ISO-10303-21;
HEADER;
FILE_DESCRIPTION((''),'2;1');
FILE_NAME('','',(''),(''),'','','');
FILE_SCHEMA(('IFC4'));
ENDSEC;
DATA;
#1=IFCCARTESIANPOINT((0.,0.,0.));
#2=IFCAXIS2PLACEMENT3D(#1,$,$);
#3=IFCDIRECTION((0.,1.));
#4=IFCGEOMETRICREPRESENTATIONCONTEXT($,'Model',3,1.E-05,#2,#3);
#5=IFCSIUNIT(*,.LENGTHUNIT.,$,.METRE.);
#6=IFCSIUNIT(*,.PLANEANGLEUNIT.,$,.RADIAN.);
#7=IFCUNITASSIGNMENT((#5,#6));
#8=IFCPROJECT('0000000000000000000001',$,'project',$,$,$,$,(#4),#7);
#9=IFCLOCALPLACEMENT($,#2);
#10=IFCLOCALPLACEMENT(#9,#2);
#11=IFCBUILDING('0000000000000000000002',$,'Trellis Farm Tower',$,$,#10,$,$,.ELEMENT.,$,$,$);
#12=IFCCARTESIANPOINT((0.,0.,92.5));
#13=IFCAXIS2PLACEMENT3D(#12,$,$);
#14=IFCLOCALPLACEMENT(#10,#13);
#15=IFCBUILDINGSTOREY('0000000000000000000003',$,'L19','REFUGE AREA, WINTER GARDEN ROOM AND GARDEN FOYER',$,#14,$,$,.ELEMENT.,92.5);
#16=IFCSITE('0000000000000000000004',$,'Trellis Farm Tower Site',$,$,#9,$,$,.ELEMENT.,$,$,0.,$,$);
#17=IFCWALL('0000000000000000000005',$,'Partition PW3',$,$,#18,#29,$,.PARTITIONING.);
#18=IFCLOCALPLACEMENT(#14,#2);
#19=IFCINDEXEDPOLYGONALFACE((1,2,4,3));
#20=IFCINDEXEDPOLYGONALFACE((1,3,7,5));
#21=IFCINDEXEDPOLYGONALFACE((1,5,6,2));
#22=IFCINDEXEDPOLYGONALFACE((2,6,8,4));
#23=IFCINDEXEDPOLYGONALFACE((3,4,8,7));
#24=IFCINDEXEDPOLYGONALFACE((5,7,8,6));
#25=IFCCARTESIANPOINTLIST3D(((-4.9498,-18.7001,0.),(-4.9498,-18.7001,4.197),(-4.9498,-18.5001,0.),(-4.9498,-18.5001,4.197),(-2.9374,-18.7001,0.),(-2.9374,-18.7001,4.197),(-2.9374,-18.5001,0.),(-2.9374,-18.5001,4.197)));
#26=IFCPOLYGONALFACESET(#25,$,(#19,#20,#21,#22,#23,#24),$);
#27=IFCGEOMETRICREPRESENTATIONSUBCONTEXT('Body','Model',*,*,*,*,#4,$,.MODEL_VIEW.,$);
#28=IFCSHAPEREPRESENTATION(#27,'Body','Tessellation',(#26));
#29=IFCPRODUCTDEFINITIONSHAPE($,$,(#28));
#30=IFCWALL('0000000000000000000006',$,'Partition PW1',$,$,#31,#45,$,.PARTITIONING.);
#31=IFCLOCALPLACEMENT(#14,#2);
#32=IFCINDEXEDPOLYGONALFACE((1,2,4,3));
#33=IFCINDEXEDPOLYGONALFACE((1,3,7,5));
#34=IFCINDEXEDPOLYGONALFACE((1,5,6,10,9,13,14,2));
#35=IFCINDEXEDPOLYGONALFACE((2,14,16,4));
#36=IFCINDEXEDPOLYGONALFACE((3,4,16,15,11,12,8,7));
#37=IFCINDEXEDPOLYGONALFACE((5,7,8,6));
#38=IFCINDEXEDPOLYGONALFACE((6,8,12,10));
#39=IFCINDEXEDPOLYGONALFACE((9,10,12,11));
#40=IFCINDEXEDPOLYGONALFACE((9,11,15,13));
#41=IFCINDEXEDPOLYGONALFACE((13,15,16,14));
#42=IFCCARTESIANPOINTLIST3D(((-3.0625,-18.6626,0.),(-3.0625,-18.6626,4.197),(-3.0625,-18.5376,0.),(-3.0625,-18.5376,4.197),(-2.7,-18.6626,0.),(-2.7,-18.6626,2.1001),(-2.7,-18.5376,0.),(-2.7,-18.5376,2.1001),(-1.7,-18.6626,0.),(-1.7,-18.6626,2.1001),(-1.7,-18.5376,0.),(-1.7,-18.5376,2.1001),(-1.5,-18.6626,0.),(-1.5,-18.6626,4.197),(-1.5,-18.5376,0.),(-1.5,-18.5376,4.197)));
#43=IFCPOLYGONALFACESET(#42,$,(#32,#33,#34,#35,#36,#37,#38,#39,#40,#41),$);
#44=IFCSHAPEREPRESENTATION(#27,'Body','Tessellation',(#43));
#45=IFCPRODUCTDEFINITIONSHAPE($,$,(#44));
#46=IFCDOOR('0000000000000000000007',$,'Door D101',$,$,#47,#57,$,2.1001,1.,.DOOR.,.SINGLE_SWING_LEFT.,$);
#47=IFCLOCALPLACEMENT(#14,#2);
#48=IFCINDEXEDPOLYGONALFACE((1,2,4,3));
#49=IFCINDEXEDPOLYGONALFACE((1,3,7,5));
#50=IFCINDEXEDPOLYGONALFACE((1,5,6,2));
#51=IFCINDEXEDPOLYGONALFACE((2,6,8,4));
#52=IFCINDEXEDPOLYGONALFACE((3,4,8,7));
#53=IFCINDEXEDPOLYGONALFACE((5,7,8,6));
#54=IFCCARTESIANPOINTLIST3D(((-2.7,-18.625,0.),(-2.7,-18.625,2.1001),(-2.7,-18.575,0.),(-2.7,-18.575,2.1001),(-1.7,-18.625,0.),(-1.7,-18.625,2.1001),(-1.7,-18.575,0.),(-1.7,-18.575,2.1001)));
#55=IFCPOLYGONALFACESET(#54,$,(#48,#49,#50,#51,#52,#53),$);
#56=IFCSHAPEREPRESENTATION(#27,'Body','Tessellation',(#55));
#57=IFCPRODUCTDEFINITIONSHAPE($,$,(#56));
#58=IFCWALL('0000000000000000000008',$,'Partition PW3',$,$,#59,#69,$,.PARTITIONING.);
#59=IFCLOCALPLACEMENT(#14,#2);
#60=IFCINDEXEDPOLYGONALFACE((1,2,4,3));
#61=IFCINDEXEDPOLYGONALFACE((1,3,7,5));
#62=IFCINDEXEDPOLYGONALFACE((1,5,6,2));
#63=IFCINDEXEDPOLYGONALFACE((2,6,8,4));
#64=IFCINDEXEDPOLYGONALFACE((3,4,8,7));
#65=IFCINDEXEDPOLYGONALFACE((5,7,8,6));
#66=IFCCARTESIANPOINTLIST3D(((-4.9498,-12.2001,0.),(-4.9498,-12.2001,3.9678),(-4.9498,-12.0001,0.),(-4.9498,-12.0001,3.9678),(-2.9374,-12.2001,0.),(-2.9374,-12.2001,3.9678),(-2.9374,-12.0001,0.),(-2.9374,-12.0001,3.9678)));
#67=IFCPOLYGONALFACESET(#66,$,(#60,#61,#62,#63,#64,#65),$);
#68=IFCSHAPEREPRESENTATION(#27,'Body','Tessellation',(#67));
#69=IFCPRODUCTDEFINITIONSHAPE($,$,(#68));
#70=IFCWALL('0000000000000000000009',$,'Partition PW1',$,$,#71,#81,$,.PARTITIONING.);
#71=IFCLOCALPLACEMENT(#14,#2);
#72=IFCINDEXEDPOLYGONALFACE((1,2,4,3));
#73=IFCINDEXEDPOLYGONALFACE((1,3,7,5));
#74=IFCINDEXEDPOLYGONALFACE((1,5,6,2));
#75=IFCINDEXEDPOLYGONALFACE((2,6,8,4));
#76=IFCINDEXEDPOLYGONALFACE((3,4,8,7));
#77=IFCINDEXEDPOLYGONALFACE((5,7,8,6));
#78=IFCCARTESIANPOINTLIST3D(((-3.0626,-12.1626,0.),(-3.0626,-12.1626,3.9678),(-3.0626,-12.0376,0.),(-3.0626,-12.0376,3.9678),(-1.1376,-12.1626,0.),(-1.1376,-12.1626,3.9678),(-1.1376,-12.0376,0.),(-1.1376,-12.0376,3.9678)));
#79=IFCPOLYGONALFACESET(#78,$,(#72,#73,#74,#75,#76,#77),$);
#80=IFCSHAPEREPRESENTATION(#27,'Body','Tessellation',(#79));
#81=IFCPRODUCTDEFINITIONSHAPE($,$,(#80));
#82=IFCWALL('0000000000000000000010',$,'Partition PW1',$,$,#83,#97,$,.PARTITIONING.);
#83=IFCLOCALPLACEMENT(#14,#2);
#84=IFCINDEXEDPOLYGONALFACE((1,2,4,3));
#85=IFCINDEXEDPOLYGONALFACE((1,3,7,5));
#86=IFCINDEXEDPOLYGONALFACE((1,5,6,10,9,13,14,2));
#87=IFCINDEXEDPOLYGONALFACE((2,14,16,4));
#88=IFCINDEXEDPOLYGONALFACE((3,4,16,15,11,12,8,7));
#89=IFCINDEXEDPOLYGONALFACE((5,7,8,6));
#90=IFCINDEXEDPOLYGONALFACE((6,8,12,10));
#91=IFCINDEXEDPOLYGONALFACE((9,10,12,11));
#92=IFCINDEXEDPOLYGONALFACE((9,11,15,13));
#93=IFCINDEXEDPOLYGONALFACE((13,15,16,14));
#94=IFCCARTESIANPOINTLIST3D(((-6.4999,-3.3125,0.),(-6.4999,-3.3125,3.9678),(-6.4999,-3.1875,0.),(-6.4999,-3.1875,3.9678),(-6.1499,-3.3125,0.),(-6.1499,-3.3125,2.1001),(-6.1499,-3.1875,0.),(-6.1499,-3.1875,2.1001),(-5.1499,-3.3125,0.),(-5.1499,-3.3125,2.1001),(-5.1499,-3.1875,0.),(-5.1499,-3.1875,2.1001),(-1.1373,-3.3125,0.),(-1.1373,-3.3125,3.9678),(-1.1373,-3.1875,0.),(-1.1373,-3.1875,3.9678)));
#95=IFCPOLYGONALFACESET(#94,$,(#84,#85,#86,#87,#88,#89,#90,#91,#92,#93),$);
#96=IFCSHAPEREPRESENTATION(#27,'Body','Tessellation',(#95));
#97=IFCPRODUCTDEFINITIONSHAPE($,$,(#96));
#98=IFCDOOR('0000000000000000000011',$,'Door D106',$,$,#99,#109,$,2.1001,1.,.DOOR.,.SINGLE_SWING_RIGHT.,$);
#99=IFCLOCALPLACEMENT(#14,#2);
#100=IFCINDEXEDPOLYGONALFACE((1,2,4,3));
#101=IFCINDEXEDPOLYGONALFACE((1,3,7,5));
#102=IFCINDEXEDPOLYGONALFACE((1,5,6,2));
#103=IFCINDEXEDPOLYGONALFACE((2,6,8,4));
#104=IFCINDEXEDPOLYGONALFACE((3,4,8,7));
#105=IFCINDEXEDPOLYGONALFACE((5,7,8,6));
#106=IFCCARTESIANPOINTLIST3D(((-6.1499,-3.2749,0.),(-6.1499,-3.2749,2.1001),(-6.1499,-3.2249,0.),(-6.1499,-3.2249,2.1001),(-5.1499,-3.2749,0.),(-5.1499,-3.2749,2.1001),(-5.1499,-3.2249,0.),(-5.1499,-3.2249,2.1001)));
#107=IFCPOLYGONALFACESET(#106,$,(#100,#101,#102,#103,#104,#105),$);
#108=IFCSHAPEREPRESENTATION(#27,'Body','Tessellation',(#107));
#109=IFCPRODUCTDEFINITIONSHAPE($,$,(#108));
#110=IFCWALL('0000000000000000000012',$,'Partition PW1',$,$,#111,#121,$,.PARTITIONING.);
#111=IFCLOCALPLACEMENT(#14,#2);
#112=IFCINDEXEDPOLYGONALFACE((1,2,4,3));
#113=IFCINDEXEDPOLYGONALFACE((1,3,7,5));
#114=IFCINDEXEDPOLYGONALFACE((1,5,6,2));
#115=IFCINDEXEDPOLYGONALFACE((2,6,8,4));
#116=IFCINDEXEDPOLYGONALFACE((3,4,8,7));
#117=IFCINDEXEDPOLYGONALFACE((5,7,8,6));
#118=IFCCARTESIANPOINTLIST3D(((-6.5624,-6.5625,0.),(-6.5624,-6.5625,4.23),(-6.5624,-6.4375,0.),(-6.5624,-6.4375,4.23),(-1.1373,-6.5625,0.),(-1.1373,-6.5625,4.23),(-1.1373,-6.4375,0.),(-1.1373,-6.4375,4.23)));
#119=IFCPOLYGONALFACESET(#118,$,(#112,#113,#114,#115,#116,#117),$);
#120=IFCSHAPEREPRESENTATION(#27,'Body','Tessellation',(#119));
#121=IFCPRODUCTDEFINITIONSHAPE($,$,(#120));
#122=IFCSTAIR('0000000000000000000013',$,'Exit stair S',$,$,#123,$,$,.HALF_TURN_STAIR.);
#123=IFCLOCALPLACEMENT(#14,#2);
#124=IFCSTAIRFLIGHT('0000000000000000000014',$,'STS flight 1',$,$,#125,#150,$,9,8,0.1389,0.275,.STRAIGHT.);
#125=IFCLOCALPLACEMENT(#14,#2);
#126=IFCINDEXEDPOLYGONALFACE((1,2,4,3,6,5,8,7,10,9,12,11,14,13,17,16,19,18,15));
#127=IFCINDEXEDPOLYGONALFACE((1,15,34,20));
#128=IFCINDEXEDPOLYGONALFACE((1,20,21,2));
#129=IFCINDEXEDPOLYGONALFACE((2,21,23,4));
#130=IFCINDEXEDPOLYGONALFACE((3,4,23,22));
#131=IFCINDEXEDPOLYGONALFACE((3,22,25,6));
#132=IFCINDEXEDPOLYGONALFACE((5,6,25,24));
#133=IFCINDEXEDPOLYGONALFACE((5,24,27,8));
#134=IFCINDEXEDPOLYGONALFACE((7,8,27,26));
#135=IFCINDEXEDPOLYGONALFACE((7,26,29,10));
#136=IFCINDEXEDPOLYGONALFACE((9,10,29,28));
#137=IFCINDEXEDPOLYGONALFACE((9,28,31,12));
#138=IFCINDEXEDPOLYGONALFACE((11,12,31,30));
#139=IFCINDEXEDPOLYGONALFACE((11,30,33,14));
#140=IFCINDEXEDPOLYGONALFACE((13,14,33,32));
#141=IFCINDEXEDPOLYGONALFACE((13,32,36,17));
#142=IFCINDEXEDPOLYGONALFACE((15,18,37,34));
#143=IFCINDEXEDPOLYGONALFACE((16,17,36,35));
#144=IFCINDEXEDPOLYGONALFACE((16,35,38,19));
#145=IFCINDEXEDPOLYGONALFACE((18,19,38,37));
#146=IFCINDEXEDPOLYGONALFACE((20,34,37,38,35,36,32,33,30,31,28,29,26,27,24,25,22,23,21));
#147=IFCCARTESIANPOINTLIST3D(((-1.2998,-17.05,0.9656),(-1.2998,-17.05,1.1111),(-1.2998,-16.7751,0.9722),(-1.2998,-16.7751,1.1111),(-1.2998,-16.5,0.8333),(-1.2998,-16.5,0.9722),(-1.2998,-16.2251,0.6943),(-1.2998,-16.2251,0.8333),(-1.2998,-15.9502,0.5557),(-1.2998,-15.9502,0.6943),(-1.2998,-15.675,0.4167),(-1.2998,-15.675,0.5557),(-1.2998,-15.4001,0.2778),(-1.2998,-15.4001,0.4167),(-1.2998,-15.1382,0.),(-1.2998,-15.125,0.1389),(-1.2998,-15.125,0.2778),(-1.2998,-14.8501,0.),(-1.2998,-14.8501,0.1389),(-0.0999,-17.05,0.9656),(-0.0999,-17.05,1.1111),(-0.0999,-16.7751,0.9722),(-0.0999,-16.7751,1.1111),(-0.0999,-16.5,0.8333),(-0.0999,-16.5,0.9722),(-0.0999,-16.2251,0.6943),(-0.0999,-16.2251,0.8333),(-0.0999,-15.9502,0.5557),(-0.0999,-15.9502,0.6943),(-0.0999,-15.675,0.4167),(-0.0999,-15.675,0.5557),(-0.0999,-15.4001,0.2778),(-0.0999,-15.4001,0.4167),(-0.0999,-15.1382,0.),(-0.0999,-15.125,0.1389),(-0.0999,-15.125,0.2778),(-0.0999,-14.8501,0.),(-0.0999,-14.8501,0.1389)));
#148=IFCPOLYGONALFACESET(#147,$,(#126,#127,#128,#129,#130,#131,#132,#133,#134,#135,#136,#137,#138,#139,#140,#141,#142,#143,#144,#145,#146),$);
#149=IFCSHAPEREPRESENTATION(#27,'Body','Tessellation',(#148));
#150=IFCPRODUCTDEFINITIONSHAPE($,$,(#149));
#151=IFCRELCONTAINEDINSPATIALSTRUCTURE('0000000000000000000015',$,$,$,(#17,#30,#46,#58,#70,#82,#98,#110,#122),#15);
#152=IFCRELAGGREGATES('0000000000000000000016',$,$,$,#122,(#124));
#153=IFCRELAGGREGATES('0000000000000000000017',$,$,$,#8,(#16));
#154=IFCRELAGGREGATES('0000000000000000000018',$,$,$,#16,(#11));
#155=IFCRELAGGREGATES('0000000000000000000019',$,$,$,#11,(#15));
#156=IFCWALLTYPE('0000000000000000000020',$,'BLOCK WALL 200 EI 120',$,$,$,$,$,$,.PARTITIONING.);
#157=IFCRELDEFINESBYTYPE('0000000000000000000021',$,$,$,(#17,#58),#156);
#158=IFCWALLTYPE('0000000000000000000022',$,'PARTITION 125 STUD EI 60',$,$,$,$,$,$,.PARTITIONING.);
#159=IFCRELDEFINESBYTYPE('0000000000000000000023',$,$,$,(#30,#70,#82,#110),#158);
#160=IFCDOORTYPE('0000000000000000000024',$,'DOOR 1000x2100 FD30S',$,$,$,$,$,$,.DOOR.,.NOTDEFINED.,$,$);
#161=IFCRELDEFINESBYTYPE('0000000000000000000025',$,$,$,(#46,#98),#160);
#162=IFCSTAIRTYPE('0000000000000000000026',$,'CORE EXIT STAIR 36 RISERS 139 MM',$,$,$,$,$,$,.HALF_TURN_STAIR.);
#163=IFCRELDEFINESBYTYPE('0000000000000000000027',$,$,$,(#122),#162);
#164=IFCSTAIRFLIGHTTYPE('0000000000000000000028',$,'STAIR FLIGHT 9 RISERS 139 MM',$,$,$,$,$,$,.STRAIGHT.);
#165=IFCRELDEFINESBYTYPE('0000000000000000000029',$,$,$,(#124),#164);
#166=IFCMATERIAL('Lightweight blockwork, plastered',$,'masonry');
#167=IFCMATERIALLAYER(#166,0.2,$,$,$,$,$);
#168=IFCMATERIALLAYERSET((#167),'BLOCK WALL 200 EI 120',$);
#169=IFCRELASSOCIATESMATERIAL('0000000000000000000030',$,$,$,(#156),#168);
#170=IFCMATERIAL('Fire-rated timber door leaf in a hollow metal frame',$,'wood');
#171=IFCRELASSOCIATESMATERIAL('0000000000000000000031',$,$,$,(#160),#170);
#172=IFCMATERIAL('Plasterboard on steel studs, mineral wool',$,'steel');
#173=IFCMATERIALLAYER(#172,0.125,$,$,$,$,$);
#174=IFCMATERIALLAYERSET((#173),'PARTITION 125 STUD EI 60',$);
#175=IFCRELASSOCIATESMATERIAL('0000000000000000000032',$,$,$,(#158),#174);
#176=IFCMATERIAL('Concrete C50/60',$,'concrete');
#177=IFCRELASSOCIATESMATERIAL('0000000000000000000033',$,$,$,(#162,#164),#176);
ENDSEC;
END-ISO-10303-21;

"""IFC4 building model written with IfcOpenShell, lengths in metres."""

from ifc_helpers import new_model, si_unit, direction, frame, frame_2d, origin, place, context, subcontext, project, spatial, polyline, rectangle, outline, extrude, source, transform, mapped, material, layer, layer_set, type_object, element, fill, aggregate, save


model = new_model("IFC4")

# Units and contexts
model_context = context("Model", 3, precision=1e-05, world=origin(), true_north=direction((0.0, 1.0)))
body_context = subcontext(model_context, "Body", "Model", "MODEL_VIEW")
ifc_project = project(units=[si_unit("LENGTHUNIT", "METRE"), si_unit("PLANEANGLEUNIT", "RADIAN")], contexts=[model_context])

# Site, building, storey
site_placement = place(None, origin())
site = spatial("IfcSite", under=ifc_project, at=site_placement, Name="Trellis Farm Tower Site", CompositionType="ELEMENT", RefElevation=0.0)
building_placement = place(site_placement, origin())
building = spatial("IfcBuilding", under=site, at=building_placement, Name="Trellis Farm Tower", CompositionType="ELEMENT")
storey_placement = place(building_placement, frame((0.0, 0.0, 92.5)))
storey = spatial("IfcBuildingStorey", under=building, at=storey_placement, Name="L19", Description="REFUGE AREA, WINTER GARDEN ROOM AND GARDEN FOYER", CompositionType="ELEMENT", Elevation=92.5)

# Shared definitions
placement = place(storey_placement, origin())

# Shared definitions
ifc_material_1 = material(Name="Lightweight blockwork, plastered", Category="masonry")
ifc_layer_1 = layer(ifc_material_1, 0.2)
ifc_layer_set_1 = layer_set([ifc_layer_1], Name="BLOCK WALL 200 EI 120")
wall_type_1 = type_object("IfcWallType", Name="BLOCK WALL 200 EI 120", PredefinedType="PARTITIONING", material=ifc_layer_set_1)
ifc_material_2 = material(Name="Fire-rated timber door leaf in a hollow metal frame", Category="wood")
door_type_1 = type_object("IfcDoorType", Name="DOOR 1000x2100 FD30S", OperationType="NOTDEFINED", PredefinedType="DOOR", material=ifc_material_2)
shared_shape_1 = source(origin(), body_context, "Body", "SweptSolid", [
    extrude(rectangle(XDim=1.0, YDim=2.1001, at=frame_2d((0.5, 1.05))), frame((0.0, 0.0249, 0.0), z_axis=(0.0, -1.0, 0.0), x_axis=(1.0, 0.0, 0.0)), (0.0, 0.0, 1.0), 0.05),
])
ifc_material_3 = material(Name="Plasterboard on steel studs, mineral wool", Category="steel")
ifc_layer_2 = layer(ifc_material_3, 0.125)
ifc_layer_set_2 = layer_set([ifc_layer_2], Name="PARTITION 125 STUD EI 60")
wall_type_2 = type_object("IfcWallType", Name="PARTITION 125 STUD EI 60", PredefinedType="PARTITIONING", material=ifc_layer_set_2)
shared_shape_2 = source(origin(), body_context, "Body", "SweptSolid", [
    extrude(rectangle(XDim=1.0, YDim=2.1001, at=frame_2d((0.5, 1.05))), frame((0.0, 0.0725, 0.0), z_axis=(0.0, -1.0, 0.0), x_axis=(1.0, 0.0, 0.0)), (0.0, 0.0, 1.0), 0.145),
])

# Wall
shared_shape_3 = source(origin(), body_context, "Body", "SweptSolid", [
    extrude(rectangle(XDim=2.0125, YDim=0.2, at=frame_2d((1.0063, 0.0))), origin(), (0.0, 0.0, 1.0), 4.197),
])
wall_1_placement = place(storey_placement, frame((-4.95, -18.6001, 0.0), z_axis=(0.0, 0.0, 1.0), x_axis=(1.0, 0.0, 0.0)))
element("IfcWall", 1, at=wall_1_placement, inside=storey, type_object=wall_type_1, Name="Partition PW3", PredefinedType="PARTITIONING", context=body_context, shape_type="MappedRepresentation", body=[
    mapped(shared_shape_3, transform((0.0, 0.0, 0.0))),
])

# Wall, opening, door
shared_shape_4 = source(origin(), body_context, "Body", "SweptSolid", [
    extrude(rectangle(XDim=1.5625, YDim=0.125, at=frame_2d((0.7812, 0.0))), origin(), (0.0, 0.0, 1.0), 4.197),
])
wall_2_placement = place(storey_placement, frame((-1.5, -18.6001, 0.0), z_axis=(0.0, 0.0, 1.0), x_axis=(-1.0, 0.0, 0.0)))
wall_2 = element("IfcWall", 2, at=wall_2_placement, inside=storey, type_object=wall_type_2, Name="Partition PW1", PredefinedType="PARTITIONING", context=body_context, shape_type="MappedRepresentation", body=[
    mapped(shared_shape_4, transform((0.0, 0.0, 0.0))),
])
opening_1_placement = place(wall_2_placement, frame((0.2, 0.0, 0.0)))
opening_1 = element("IfcOpeningElement", 3, at=opening_1_placement, cuts=wall_2, PredefinedType="OPENING", context=body_context, shape_type="MappedRepresentation", body=[
    mapped(shared_shape_2, transform((0.0, 0.0, 0.0))),
])
door_1_placement = place(opening_1_placement, origin())
door_1 = element("IfcDoor", 4, at=door_1_placement, inside=storey, type_object=door_type_1, Name="Door D101", OperationType="SINGLE_SWING_LEFT", OverallHeight=2.1001, OverallWidth=1.0, PredefinedType="DOOR", context=body_context, shape_type="MappedRepresentation", body=[
    mapped(shared_shape_1, transform((0.0, 0.0, 0.0))),
])
fill(opening_1, door_1)

# Walls
shared_shape_5 = source(origin(), body_context, "Body", "SweptSolid", [
    extrude(rectangle(XDim=2.0125, YDim=0.2, at=frame_2d((1.0063, 0.0))), origin(), (0.0, 0.0, 1.0), 3.9678),
])
wall_3_placement = place(storey_placement, frame((-4.95, -12.1001, 0.0), z_axis=(0.0, 0.0, 1.0), x_axis=(1.0, 0.0, 0.0)))
element("IfcWall", 5, at=wall_3_placement, inside=storey, type_object=wall_type_1, Name="Partition PW3", PredefinedType="PARTITIONING", context=body_context, shape_type="MappedRepresentation", body=[
    mapped(shared_shape_5, transform((0.0, 0.0, 0.0))),
])
shared_shape_6 = source(origin(), body_context, "Body", "SweptSolid", [
    extrude(rectangle(XDim=1.925, YDim=0.125, at=frame_2d((0.9624, 0.0))), origin(), (0.0, 0.0, 1.0), 3.9678),
])
wall_4_placement = place(storey_placement, frame((-3.0625, -12.1001, 0.0), z_axis=(0.0, 0.0, 1.0), x_axis=(1.0, 0.0, 0.0)))
element("IfcWall", 6, at=wall_4_placement, inside=storey, type_object=wall_type_2, Name="Partition PW1", PredefinedType="PARTITIONING", context=body_context, shape_type="MappedRepresentation", body=[
    mapped(shared_shape_6, transform((0.0, 0.0, 0.0))),
])

# Wall, opening, door
shared_shape_7 = source(origin(), body_context, "Body", "SweptSolid", [
    extrude(rectangle(XDim=5.3625, YDim=0.125, at=frame_2d((2.6812, 0.0))), origin(), (0.0, 0.0, 1.0), 3.9678),
])
wall_5_placement = place(storey_placement, frame((-1.1375, -3.25, 0.0), z_axis=(0.0, 0.0, 1.0), x_axis=(-1.0, 0.0, 0.0)))
wall_5 = element("IfcWall", 7, at=wall_5_placement, inside=storey, type_object=wall_type_2, Name="Partition PW1", PredefinedType="PARTITIONING", context=body_context, shape_type="MappedRepresentation", body=[
    mapped(shared_shape_7, transform((0.0, 0.0, 0.0))),
])
opening_2_placement = place(wall_5_placement, frame((4.0125, 0.0, 0.0)))
opening_2 = element("IfcOpeningElement", 8, at=opening_2_placement, cuts=wall_5, PredefinedType="OPENING", context=body_context, shape_type="MappedRepresentation", body=[
    mapped(shared_shape_2, transform((0.0, 0.0, 0.0))),
])
door_2_placement = place(opening_2_placement, origin())
door_2 = element("IfcDoor", 9, at=door_2_placement, inside=storey, type_object=door_type_1, Name="Door D106", OperationType="SINGLE_SWING_RIGHT", OverallHeight=2.1001, OverallWidth=1.0, PredefinedType="DOOR", context=body_context, shape_type="MappedRepresentation", body=[
    mapped(shared_shape_1, transform((0.0, 0.0, 0.0))),
])
fill(opening_2, door_2)

# Wall
shared_shape_8 = source(origin(), body_context, "Body", "SweptSolid", [
    extrude(rectangle(XDim=5.425, YDim=0.125, at=frame_2d((2.7124, 0.0))), origin(), (0.0, 0.0, 1.0), 4.23),
])
wall_6_placement = place(storey_placement, frame((-1.1375, -6.5, 0.0), z_axis=(0.0, 0.0, 1.0), x_axis=(-1.0, 0.0, 0.0)))
element("IfcWall", 10, at=wall_6_placement, inside=storey, type_object=wall_type_2, Name="Partition PW1", PredefinedType="PARTITIONING", context=body_context, shape_type="MappedRepresentation", body=[
    mapped(shared_shape_8, transform((0.0, 0.0, 0.0))),
])

# Stair, stair flight
ifc_material_4 = material(Name="Concrete C50/60", Category="concrete")
stair_type = type_object("IfcStairType", Name="CORE EXIT STAIR 36 RISERS 139 MM", PredefinedType="HALF_TURN_STAIR", material=ifc_material_4)
stair = element("IfcStair", 11, at=placement, inside=storey, type_object=stair_type, Name="Exit stair S", PredefinedType="HALF_TURN_STAIR")
stair_flight_type = type_object("IfcStairFlightType", Name="STAIR FLIGHT 9 RISERS 139 MM", PredefinedType="STRAIGHT", material=ifc_material_4)
shared_shape_9 = source(origin(), body_context, "Body", "SweptSolid", [
    extrude(outline(polyline([(0.0, 0.0), (0.0, 0.1389), (0.2749, 0.1389), (0.2749, 0.2778), (0.55, 0.2778), (0.55, 0.4167), (0.825, 0.4167), (0.825, 0.5557), (1.1001, 0.5557), (1.1001, 0.6943), (1.375, 0.6943), (1.375, 0.8333), (1.6499, 0.8333), (1.6499, 0.9722), (1.925, 0.9722), (1.925, 1.1111), (2.2, 1.1111), (2.2, 1.25), (2.2, 0.9656), (0.2881, 0.0), (0.0, 0.0)])), frame((0.0, 0.6001, 0.0), z_axis=(0.0, -1.0, 0.0), x_axis=(1.0, 0.0, 0.0)), (0.0, 0.0, 1.0), 1.2),
])
stair_flight_1_placement = place(storey_placement, frame((-0.7, -14.8501, 0.0), z_axis=(0.0, 0.0, 1.0), x_axis=(0.0, -1.0, 0.0)))
stair_flight_1 = element("IfcStairFlight", 12, at=stair_flight_1_placement, type_object=stair_flight_type, Name="STS flight 1", NumberOfRisers=9, NumberOfTreads=8, PredefinedType="STRAIGHT", RiserHeight=0.1389, TreadLength=0.275, context=body_context, shape_type="MappedRepresentation", body=[
    mapped(shared_shape_9, transform((0.0, 0.0, 0.0))),
])
aggregate(stair, [stair_flight_1])

save(model, "model.ifc")
